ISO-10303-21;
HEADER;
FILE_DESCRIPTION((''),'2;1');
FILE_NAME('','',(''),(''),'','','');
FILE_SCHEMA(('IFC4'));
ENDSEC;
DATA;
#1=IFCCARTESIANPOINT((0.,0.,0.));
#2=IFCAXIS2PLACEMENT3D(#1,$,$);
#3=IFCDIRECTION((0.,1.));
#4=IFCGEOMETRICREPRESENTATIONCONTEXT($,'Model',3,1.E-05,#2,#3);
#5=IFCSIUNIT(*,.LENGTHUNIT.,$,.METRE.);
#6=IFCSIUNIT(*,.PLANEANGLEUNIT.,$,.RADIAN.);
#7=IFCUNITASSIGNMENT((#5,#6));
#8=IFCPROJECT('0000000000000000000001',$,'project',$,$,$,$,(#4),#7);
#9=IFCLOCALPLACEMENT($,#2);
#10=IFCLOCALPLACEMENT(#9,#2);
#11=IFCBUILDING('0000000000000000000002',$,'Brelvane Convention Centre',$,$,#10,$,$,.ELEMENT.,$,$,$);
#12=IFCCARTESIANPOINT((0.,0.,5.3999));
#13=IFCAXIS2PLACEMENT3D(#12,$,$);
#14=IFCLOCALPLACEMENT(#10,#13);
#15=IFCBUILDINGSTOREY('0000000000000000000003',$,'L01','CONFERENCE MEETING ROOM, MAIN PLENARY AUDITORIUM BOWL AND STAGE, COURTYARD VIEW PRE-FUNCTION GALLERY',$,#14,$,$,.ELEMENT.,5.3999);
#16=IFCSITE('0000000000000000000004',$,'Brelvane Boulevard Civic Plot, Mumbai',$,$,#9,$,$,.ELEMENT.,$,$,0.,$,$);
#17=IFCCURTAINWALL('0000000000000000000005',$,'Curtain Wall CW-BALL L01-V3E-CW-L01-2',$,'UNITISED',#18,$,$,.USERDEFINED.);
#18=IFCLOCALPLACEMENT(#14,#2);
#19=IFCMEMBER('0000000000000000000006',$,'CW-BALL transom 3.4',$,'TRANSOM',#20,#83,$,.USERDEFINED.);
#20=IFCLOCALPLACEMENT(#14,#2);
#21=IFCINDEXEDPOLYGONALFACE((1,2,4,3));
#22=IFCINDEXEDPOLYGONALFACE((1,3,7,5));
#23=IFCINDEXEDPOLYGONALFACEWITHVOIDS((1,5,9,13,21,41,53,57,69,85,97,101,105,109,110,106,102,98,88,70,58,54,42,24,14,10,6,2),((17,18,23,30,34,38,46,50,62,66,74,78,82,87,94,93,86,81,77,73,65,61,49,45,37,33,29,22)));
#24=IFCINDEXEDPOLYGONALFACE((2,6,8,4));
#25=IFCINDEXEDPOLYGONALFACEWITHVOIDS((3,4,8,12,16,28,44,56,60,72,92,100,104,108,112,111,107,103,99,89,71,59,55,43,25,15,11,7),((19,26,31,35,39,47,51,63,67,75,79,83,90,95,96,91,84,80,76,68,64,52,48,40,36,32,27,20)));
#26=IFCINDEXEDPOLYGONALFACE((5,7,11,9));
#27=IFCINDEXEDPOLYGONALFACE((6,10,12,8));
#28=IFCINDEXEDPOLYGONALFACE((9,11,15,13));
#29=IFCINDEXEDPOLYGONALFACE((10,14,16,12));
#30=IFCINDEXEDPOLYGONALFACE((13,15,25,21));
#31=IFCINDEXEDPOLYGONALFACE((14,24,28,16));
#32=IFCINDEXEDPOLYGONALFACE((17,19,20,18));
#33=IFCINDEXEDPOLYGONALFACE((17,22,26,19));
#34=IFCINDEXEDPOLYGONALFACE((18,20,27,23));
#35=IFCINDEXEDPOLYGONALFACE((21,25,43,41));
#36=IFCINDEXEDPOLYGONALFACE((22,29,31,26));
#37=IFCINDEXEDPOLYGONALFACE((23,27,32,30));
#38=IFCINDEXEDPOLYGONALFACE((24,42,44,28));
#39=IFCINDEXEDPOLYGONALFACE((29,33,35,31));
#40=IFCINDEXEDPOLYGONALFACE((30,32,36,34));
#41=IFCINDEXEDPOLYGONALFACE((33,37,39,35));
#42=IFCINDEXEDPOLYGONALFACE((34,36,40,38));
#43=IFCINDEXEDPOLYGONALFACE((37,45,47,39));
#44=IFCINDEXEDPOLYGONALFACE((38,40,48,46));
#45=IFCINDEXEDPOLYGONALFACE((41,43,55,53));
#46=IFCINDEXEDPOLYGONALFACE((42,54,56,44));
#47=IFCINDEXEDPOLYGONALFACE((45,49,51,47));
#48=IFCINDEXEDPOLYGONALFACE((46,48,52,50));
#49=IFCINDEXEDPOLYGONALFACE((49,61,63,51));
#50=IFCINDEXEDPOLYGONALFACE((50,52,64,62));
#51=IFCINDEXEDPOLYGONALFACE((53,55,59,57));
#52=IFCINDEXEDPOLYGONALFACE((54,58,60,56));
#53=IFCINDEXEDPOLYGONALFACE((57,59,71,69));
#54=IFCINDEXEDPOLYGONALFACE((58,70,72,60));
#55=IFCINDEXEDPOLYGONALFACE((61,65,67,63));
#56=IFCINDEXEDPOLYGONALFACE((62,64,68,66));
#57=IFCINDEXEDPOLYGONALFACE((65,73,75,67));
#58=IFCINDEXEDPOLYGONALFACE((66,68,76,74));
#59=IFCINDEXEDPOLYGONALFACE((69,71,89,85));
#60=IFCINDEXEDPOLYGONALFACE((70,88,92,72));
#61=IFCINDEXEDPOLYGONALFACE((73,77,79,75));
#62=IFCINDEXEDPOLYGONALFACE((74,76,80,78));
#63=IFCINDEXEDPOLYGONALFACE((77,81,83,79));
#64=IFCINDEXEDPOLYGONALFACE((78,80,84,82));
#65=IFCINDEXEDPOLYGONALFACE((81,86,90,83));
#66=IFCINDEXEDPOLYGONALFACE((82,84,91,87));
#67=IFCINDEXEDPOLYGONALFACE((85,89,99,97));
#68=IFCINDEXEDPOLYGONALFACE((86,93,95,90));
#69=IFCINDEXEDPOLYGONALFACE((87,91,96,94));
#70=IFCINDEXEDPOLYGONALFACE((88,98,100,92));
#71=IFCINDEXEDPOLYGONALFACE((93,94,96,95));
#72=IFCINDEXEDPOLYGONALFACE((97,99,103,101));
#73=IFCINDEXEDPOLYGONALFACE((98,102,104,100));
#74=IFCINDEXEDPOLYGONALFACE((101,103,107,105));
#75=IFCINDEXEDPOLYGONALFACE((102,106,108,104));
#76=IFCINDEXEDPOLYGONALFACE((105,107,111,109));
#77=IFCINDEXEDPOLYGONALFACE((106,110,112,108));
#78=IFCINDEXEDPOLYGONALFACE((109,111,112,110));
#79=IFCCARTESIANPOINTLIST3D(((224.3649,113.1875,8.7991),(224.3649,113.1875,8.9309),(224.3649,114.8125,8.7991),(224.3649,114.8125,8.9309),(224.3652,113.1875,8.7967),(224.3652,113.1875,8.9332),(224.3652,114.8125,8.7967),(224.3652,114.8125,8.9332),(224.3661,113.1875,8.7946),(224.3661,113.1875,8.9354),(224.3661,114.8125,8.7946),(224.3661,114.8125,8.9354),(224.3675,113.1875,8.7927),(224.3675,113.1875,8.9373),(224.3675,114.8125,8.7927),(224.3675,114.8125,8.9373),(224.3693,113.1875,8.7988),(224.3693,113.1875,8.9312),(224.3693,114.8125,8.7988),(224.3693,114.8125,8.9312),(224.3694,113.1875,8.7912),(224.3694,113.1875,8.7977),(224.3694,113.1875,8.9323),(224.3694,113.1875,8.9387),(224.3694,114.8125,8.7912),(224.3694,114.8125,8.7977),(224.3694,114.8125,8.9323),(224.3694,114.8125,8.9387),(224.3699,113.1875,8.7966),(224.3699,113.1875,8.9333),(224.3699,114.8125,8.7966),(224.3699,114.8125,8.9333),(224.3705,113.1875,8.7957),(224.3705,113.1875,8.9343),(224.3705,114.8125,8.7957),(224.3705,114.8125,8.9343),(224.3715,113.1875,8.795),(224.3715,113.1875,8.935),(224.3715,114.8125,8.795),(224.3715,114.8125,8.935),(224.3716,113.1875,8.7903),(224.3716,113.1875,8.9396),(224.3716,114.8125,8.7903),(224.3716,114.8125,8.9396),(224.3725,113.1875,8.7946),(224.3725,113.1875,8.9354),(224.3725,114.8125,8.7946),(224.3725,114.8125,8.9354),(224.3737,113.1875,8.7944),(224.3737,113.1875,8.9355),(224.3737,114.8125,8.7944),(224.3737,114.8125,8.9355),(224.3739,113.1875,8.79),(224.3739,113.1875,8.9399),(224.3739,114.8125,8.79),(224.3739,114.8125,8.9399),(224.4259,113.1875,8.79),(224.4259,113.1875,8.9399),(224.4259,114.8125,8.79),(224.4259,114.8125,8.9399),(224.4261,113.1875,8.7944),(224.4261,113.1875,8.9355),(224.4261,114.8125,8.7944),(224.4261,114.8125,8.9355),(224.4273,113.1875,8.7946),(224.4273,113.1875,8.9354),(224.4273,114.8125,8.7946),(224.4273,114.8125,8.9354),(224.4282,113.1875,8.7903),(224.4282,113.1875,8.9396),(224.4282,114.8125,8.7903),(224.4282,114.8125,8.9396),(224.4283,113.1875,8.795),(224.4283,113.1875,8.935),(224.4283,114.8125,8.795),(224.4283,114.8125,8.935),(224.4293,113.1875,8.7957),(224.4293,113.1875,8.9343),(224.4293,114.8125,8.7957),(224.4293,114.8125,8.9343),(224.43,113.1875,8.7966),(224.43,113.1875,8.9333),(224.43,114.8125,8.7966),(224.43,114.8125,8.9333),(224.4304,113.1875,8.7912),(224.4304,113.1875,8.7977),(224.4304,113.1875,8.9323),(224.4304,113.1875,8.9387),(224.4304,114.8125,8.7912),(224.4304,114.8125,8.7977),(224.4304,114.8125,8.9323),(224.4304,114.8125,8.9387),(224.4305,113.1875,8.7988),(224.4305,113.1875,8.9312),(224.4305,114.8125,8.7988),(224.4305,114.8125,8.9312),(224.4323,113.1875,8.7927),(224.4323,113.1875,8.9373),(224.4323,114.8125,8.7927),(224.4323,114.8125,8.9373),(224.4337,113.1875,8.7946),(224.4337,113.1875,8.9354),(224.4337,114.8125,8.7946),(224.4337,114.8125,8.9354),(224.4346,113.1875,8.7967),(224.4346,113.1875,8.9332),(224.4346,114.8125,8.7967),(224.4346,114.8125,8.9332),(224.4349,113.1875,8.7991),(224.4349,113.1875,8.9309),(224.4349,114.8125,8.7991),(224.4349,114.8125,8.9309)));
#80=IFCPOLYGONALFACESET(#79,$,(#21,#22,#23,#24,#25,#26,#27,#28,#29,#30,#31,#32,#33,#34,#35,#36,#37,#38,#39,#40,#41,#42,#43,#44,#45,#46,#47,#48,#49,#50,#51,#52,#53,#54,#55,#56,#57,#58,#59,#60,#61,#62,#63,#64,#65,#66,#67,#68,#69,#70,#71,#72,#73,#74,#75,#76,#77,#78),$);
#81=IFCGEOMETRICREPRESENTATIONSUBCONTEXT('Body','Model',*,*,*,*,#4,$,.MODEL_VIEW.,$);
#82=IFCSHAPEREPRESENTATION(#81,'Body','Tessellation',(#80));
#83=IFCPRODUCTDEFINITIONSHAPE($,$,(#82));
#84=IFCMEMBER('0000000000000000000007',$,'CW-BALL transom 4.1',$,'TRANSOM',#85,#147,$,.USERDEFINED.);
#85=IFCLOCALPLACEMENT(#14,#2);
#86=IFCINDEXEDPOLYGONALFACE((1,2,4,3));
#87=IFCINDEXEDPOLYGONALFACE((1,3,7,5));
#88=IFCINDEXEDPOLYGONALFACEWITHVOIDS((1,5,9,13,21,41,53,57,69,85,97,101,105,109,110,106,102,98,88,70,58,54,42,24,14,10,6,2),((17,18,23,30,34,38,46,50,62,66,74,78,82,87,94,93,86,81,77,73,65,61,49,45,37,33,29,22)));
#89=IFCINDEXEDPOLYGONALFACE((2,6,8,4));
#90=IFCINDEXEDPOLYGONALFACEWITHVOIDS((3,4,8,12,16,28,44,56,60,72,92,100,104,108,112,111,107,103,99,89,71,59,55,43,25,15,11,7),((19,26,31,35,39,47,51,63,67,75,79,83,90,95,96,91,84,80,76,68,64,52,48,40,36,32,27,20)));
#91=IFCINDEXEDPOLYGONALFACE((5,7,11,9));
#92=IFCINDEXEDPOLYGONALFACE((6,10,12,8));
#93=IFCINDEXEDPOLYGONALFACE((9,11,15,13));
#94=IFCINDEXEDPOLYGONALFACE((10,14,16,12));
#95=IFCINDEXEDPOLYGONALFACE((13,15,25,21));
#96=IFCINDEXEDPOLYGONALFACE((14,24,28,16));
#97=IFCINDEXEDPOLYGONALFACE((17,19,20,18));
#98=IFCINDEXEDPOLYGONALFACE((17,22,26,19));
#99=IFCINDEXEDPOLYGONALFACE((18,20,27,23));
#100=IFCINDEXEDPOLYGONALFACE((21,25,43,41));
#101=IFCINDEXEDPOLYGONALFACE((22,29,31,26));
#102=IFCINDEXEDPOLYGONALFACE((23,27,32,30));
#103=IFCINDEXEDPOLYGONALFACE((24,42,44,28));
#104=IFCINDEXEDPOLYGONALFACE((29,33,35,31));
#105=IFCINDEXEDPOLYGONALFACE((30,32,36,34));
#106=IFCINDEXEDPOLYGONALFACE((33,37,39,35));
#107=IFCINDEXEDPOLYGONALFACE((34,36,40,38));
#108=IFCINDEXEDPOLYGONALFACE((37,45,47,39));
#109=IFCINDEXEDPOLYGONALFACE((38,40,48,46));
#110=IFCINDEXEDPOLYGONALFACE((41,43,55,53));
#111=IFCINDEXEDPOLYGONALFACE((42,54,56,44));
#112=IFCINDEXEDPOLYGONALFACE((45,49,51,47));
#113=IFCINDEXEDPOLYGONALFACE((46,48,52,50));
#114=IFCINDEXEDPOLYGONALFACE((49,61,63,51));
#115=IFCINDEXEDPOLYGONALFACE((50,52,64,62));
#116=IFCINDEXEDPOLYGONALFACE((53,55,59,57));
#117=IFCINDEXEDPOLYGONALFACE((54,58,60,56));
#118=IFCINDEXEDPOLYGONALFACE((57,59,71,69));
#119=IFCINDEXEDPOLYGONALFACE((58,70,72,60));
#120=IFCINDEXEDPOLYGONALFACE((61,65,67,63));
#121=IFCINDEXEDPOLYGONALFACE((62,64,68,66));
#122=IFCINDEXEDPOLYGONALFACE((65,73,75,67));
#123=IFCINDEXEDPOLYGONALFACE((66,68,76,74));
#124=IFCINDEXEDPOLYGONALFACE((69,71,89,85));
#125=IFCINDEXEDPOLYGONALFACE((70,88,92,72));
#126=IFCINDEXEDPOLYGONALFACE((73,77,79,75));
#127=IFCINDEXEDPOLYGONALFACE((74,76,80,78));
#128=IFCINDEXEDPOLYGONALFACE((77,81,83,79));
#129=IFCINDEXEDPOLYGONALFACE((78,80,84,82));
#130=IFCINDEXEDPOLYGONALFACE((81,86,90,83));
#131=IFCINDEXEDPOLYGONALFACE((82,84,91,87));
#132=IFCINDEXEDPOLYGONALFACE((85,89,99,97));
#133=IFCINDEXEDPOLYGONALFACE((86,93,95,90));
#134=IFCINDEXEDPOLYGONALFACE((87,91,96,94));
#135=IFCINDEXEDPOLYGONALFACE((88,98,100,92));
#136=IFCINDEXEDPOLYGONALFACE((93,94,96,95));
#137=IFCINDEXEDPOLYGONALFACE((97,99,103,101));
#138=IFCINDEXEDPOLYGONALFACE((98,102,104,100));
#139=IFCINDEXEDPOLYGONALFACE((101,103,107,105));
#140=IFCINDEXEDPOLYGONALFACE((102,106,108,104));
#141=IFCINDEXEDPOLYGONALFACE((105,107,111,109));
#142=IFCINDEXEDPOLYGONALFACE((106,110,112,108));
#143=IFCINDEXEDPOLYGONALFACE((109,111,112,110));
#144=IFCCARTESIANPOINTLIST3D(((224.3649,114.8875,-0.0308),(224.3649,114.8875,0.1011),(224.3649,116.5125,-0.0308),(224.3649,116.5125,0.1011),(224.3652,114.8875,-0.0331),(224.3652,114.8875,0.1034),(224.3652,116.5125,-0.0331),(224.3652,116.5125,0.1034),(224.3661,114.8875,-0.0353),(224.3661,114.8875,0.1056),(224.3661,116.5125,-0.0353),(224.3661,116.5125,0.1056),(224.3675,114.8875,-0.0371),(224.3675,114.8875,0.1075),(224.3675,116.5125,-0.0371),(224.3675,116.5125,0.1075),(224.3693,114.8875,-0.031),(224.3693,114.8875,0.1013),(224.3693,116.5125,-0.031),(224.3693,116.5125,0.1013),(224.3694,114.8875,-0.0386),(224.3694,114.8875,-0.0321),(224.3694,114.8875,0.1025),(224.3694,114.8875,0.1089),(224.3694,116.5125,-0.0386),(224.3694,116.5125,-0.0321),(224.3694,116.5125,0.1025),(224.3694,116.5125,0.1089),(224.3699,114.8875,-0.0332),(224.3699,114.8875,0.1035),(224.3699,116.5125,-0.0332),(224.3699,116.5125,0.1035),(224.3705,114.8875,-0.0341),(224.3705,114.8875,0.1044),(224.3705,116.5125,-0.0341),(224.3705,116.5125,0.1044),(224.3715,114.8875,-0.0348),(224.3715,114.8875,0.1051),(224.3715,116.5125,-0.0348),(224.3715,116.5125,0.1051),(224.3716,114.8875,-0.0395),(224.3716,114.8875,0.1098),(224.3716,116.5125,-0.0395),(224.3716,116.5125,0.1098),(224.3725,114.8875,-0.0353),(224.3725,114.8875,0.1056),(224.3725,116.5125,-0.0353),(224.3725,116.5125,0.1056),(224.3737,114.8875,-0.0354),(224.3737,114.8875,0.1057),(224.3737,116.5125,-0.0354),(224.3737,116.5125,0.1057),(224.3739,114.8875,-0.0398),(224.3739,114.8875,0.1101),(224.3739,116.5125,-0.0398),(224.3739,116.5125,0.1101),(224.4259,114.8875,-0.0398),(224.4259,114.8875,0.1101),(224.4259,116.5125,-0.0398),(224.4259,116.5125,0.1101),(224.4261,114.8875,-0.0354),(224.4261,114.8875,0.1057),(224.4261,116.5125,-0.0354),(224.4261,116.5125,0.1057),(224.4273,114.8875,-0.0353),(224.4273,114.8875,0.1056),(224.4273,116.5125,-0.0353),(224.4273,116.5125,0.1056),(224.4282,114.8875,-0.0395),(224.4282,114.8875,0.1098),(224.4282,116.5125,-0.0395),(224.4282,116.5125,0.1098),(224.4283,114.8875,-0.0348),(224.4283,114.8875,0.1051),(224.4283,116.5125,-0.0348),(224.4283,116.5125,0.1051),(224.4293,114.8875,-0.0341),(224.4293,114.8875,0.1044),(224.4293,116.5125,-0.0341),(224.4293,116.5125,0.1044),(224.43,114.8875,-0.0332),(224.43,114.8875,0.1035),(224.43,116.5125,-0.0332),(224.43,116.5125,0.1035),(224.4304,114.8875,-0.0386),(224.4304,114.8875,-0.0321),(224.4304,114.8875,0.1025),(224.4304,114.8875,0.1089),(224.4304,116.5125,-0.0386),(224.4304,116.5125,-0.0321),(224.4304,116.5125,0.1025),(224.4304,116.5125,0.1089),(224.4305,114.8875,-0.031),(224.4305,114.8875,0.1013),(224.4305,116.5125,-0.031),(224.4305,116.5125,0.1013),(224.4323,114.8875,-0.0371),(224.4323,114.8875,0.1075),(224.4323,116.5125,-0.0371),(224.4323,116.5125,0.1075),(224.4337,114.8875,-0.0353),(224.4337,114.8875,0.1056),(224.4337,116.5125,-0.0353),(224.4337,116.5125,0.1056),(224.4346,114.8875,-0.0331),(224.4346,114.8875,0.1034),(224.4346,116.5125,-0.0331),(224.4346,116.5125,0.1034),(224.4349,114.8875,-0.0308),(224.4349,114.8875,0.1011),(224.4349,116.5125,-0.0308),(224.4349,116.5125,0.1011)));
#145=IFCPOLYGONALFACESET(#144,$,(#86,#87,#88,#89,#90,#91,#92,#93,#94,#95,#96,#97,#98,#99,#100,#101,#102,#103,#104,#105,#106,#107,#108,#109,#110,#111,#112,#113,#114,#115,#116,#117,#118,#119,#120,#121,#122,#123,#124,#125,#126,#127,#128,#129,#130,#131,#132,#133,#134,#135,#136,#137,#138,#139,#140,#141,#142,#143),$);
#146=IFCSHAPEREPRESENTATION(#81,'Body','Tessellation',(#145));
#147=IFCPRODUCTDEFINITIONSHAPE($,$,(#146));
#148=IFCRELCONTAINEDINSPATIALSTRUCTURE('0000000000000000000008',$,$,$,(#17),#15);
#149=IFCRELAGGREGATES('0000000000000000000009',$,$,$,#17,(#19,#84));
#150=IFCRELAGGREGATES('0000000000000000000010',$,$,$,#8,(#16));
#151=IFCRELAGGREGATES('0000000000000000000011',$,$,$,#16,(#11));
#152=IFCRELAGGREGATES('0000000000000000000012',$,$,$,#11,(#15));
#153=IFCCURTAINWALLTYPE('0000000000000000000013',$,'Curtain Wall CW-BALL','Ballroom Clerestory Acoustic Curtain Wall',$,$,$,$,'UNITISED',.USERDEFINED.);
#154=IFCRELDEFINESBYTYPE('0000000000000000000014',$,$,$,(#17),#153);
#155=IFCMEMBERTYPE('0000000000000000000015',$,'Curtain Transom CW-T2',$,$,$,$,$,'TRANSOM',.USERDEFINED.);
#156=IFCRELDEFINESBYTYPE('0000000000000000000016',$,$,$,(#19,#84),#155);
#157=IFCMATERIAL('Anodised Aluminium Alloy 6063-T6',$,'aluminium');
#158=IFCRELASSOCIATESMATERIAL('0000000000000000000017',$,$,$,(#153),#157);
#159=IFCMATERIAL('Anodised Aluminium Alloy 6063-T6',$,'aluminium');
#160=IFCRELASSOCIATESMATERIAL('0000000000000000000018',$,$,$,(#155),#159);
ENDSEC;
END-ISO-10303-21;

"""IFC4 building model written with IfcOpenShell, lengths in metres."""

from ifc_helpers import new_model, si_unit, direction, frame, origin, origin_2d, place, context, subcontext, project, spatial, hollow_rectangle, extrude, material, material_profile, profile_set, type_object, element, aggregate, save


model = new_model("IFC4")

# Units and contexts
model_context = context("Model", 3, precision=1e-05, world=origin(), true_north=direction((0.0, 1.0)))
body_context = subcontext(model_context, "Body", "Model", "MODEL_VIEW")
ifc_project = project(units=[si_unit("LENGTHUNIT", "METRE"), si_unit("PLANEANGLEUNIT", "RADIAN")], contexts=[model_context])

# Site, building, storey
site_placement = place(None, origin())
site = spatial("IfcSite", under=ifc_project, at=site_placement, Name="Brelvane Boulevard Civic Plot, Mumbai", CompositionType="ELEMENT", RefElevation=0.0)
building_placement = place(site_placement, origin())
building = spatial("IfcBuilding", under=site, at=building_placement, Name="Brelvane Convention Centre", CompositionType="ELEMENT")
storey_placement = place(building_placement, frame((0.0, 0.0, 5.3999)))
storey = spatial("IfcBuildingStorey", under=building, at=storey_placement, Name="L01", Description="CONFERENCE MEETING ROOM, MAIN PLENARY AUDITORIUM BOWL AND STAGE, COURTYARD VIEW PRE-FUNCTION GALLERY", CompositionType="ELEMENT", Elevation=5.3999)

# Curtain wall, members
ifc_material_1 = material(Name="Anodised Aluminium Alloy 6063-T6", Category="aluminium")
curtain_wall_type = type_object("IfcCurtainWallType", Name="Curtain Wall CW-BALL", Description="Ballroom Clerestory Acoustic Curtain Wall", ElementType="UNITISED", PredefinedType="USERDEFINED", material=ifc_material_1)
curtain_wall_placement = place(storey_placement, origin())
curtain_wall = element("IfcCurtainWall", 1, at=curtain_wall_placement, inside=storey, type_object=curtain_wall_type, Name="Curtain Wall CW-BALL L01-V3E-CW-L01-2", ObjectType="UNITISED", PredefinedType="USERDEFINED")
ifc_material_2 = material(Name="Anodised Aluminium Alloy 6063-T6", Category="aluminium")
ifc_material_profile_1 = material_profile(ifc_material_2, hollow_rectangle(XDim=0.0701, YDim=0.1499, WallThickness=0.0044, InnerFilletRadius=0.0044, OuterFilletRadius=0.009, at=origin_2d()), Name="ALU-T 150x70x4.5")
ifc_profile_set_1 = profile_set([ifc_material_profile_1], Name="Anodised Aluminium Alloy 6063-T6")
member_type_1 = type_object("IfcMemberType", Name="Curtain Transom CW-T2", ElementType="TRANSOM", PredefinedType="USERDEFINED", material=ifc_profile_set_1)
member_1_placement = place(storey_placement, frame((224.3999, 113.1875, 8.865), z_axis=(0.0, 1.0, 0.0), x_axis=(-1.0, 0.0, 0.0)))
member_1 = element("IfcMember", 2, at=member_1_placement, type_object=member_type_1, Name="CW-BALL transom 3.4", ObjectType="TRANSOM", PredefinedType="USERDEFINED", context=body_context, shape_type="SweptSolid", body=[
    extrude(hollow_rectangle(XDim=0.0701, YDim=0.1499, WallThickness=0.0044, InnerFilletRadius=0.0044, OuterFilletRadius=0.009, at=origin_2d()), origin(), (0.0, 0.0, 1.0), 1.625),
])
member_2_placement = place(storey_placement, frame((224.3999, 114.8875, 0.0352), z_axis=(0.0, 1.0, 0.0), x_axis=(-1.0, 0.0, 0.0)))
member_2 = element("IfcMember", 3, at=member_2_placement, type_object=member_type_1, Name="CW-BALL transom 4.1", ObjectType="TRANSOM", PredefinedType="USERDEFINED", context=body_context, shape_type="SweptSolid", body=[
    extrude(hollow_rectangle(XDim=0.0701, YDim=0.1499, WallThickness=0.0044, InnerFilletRadius=0.0044, OuterFilletRadius=0.009, at=origin_2d()), origin(), (0.0, 0.0, 1.0), 1.625),
])
aggregate(curtain_wall, [member_1, member_2])

save(model, "model.ifc")
